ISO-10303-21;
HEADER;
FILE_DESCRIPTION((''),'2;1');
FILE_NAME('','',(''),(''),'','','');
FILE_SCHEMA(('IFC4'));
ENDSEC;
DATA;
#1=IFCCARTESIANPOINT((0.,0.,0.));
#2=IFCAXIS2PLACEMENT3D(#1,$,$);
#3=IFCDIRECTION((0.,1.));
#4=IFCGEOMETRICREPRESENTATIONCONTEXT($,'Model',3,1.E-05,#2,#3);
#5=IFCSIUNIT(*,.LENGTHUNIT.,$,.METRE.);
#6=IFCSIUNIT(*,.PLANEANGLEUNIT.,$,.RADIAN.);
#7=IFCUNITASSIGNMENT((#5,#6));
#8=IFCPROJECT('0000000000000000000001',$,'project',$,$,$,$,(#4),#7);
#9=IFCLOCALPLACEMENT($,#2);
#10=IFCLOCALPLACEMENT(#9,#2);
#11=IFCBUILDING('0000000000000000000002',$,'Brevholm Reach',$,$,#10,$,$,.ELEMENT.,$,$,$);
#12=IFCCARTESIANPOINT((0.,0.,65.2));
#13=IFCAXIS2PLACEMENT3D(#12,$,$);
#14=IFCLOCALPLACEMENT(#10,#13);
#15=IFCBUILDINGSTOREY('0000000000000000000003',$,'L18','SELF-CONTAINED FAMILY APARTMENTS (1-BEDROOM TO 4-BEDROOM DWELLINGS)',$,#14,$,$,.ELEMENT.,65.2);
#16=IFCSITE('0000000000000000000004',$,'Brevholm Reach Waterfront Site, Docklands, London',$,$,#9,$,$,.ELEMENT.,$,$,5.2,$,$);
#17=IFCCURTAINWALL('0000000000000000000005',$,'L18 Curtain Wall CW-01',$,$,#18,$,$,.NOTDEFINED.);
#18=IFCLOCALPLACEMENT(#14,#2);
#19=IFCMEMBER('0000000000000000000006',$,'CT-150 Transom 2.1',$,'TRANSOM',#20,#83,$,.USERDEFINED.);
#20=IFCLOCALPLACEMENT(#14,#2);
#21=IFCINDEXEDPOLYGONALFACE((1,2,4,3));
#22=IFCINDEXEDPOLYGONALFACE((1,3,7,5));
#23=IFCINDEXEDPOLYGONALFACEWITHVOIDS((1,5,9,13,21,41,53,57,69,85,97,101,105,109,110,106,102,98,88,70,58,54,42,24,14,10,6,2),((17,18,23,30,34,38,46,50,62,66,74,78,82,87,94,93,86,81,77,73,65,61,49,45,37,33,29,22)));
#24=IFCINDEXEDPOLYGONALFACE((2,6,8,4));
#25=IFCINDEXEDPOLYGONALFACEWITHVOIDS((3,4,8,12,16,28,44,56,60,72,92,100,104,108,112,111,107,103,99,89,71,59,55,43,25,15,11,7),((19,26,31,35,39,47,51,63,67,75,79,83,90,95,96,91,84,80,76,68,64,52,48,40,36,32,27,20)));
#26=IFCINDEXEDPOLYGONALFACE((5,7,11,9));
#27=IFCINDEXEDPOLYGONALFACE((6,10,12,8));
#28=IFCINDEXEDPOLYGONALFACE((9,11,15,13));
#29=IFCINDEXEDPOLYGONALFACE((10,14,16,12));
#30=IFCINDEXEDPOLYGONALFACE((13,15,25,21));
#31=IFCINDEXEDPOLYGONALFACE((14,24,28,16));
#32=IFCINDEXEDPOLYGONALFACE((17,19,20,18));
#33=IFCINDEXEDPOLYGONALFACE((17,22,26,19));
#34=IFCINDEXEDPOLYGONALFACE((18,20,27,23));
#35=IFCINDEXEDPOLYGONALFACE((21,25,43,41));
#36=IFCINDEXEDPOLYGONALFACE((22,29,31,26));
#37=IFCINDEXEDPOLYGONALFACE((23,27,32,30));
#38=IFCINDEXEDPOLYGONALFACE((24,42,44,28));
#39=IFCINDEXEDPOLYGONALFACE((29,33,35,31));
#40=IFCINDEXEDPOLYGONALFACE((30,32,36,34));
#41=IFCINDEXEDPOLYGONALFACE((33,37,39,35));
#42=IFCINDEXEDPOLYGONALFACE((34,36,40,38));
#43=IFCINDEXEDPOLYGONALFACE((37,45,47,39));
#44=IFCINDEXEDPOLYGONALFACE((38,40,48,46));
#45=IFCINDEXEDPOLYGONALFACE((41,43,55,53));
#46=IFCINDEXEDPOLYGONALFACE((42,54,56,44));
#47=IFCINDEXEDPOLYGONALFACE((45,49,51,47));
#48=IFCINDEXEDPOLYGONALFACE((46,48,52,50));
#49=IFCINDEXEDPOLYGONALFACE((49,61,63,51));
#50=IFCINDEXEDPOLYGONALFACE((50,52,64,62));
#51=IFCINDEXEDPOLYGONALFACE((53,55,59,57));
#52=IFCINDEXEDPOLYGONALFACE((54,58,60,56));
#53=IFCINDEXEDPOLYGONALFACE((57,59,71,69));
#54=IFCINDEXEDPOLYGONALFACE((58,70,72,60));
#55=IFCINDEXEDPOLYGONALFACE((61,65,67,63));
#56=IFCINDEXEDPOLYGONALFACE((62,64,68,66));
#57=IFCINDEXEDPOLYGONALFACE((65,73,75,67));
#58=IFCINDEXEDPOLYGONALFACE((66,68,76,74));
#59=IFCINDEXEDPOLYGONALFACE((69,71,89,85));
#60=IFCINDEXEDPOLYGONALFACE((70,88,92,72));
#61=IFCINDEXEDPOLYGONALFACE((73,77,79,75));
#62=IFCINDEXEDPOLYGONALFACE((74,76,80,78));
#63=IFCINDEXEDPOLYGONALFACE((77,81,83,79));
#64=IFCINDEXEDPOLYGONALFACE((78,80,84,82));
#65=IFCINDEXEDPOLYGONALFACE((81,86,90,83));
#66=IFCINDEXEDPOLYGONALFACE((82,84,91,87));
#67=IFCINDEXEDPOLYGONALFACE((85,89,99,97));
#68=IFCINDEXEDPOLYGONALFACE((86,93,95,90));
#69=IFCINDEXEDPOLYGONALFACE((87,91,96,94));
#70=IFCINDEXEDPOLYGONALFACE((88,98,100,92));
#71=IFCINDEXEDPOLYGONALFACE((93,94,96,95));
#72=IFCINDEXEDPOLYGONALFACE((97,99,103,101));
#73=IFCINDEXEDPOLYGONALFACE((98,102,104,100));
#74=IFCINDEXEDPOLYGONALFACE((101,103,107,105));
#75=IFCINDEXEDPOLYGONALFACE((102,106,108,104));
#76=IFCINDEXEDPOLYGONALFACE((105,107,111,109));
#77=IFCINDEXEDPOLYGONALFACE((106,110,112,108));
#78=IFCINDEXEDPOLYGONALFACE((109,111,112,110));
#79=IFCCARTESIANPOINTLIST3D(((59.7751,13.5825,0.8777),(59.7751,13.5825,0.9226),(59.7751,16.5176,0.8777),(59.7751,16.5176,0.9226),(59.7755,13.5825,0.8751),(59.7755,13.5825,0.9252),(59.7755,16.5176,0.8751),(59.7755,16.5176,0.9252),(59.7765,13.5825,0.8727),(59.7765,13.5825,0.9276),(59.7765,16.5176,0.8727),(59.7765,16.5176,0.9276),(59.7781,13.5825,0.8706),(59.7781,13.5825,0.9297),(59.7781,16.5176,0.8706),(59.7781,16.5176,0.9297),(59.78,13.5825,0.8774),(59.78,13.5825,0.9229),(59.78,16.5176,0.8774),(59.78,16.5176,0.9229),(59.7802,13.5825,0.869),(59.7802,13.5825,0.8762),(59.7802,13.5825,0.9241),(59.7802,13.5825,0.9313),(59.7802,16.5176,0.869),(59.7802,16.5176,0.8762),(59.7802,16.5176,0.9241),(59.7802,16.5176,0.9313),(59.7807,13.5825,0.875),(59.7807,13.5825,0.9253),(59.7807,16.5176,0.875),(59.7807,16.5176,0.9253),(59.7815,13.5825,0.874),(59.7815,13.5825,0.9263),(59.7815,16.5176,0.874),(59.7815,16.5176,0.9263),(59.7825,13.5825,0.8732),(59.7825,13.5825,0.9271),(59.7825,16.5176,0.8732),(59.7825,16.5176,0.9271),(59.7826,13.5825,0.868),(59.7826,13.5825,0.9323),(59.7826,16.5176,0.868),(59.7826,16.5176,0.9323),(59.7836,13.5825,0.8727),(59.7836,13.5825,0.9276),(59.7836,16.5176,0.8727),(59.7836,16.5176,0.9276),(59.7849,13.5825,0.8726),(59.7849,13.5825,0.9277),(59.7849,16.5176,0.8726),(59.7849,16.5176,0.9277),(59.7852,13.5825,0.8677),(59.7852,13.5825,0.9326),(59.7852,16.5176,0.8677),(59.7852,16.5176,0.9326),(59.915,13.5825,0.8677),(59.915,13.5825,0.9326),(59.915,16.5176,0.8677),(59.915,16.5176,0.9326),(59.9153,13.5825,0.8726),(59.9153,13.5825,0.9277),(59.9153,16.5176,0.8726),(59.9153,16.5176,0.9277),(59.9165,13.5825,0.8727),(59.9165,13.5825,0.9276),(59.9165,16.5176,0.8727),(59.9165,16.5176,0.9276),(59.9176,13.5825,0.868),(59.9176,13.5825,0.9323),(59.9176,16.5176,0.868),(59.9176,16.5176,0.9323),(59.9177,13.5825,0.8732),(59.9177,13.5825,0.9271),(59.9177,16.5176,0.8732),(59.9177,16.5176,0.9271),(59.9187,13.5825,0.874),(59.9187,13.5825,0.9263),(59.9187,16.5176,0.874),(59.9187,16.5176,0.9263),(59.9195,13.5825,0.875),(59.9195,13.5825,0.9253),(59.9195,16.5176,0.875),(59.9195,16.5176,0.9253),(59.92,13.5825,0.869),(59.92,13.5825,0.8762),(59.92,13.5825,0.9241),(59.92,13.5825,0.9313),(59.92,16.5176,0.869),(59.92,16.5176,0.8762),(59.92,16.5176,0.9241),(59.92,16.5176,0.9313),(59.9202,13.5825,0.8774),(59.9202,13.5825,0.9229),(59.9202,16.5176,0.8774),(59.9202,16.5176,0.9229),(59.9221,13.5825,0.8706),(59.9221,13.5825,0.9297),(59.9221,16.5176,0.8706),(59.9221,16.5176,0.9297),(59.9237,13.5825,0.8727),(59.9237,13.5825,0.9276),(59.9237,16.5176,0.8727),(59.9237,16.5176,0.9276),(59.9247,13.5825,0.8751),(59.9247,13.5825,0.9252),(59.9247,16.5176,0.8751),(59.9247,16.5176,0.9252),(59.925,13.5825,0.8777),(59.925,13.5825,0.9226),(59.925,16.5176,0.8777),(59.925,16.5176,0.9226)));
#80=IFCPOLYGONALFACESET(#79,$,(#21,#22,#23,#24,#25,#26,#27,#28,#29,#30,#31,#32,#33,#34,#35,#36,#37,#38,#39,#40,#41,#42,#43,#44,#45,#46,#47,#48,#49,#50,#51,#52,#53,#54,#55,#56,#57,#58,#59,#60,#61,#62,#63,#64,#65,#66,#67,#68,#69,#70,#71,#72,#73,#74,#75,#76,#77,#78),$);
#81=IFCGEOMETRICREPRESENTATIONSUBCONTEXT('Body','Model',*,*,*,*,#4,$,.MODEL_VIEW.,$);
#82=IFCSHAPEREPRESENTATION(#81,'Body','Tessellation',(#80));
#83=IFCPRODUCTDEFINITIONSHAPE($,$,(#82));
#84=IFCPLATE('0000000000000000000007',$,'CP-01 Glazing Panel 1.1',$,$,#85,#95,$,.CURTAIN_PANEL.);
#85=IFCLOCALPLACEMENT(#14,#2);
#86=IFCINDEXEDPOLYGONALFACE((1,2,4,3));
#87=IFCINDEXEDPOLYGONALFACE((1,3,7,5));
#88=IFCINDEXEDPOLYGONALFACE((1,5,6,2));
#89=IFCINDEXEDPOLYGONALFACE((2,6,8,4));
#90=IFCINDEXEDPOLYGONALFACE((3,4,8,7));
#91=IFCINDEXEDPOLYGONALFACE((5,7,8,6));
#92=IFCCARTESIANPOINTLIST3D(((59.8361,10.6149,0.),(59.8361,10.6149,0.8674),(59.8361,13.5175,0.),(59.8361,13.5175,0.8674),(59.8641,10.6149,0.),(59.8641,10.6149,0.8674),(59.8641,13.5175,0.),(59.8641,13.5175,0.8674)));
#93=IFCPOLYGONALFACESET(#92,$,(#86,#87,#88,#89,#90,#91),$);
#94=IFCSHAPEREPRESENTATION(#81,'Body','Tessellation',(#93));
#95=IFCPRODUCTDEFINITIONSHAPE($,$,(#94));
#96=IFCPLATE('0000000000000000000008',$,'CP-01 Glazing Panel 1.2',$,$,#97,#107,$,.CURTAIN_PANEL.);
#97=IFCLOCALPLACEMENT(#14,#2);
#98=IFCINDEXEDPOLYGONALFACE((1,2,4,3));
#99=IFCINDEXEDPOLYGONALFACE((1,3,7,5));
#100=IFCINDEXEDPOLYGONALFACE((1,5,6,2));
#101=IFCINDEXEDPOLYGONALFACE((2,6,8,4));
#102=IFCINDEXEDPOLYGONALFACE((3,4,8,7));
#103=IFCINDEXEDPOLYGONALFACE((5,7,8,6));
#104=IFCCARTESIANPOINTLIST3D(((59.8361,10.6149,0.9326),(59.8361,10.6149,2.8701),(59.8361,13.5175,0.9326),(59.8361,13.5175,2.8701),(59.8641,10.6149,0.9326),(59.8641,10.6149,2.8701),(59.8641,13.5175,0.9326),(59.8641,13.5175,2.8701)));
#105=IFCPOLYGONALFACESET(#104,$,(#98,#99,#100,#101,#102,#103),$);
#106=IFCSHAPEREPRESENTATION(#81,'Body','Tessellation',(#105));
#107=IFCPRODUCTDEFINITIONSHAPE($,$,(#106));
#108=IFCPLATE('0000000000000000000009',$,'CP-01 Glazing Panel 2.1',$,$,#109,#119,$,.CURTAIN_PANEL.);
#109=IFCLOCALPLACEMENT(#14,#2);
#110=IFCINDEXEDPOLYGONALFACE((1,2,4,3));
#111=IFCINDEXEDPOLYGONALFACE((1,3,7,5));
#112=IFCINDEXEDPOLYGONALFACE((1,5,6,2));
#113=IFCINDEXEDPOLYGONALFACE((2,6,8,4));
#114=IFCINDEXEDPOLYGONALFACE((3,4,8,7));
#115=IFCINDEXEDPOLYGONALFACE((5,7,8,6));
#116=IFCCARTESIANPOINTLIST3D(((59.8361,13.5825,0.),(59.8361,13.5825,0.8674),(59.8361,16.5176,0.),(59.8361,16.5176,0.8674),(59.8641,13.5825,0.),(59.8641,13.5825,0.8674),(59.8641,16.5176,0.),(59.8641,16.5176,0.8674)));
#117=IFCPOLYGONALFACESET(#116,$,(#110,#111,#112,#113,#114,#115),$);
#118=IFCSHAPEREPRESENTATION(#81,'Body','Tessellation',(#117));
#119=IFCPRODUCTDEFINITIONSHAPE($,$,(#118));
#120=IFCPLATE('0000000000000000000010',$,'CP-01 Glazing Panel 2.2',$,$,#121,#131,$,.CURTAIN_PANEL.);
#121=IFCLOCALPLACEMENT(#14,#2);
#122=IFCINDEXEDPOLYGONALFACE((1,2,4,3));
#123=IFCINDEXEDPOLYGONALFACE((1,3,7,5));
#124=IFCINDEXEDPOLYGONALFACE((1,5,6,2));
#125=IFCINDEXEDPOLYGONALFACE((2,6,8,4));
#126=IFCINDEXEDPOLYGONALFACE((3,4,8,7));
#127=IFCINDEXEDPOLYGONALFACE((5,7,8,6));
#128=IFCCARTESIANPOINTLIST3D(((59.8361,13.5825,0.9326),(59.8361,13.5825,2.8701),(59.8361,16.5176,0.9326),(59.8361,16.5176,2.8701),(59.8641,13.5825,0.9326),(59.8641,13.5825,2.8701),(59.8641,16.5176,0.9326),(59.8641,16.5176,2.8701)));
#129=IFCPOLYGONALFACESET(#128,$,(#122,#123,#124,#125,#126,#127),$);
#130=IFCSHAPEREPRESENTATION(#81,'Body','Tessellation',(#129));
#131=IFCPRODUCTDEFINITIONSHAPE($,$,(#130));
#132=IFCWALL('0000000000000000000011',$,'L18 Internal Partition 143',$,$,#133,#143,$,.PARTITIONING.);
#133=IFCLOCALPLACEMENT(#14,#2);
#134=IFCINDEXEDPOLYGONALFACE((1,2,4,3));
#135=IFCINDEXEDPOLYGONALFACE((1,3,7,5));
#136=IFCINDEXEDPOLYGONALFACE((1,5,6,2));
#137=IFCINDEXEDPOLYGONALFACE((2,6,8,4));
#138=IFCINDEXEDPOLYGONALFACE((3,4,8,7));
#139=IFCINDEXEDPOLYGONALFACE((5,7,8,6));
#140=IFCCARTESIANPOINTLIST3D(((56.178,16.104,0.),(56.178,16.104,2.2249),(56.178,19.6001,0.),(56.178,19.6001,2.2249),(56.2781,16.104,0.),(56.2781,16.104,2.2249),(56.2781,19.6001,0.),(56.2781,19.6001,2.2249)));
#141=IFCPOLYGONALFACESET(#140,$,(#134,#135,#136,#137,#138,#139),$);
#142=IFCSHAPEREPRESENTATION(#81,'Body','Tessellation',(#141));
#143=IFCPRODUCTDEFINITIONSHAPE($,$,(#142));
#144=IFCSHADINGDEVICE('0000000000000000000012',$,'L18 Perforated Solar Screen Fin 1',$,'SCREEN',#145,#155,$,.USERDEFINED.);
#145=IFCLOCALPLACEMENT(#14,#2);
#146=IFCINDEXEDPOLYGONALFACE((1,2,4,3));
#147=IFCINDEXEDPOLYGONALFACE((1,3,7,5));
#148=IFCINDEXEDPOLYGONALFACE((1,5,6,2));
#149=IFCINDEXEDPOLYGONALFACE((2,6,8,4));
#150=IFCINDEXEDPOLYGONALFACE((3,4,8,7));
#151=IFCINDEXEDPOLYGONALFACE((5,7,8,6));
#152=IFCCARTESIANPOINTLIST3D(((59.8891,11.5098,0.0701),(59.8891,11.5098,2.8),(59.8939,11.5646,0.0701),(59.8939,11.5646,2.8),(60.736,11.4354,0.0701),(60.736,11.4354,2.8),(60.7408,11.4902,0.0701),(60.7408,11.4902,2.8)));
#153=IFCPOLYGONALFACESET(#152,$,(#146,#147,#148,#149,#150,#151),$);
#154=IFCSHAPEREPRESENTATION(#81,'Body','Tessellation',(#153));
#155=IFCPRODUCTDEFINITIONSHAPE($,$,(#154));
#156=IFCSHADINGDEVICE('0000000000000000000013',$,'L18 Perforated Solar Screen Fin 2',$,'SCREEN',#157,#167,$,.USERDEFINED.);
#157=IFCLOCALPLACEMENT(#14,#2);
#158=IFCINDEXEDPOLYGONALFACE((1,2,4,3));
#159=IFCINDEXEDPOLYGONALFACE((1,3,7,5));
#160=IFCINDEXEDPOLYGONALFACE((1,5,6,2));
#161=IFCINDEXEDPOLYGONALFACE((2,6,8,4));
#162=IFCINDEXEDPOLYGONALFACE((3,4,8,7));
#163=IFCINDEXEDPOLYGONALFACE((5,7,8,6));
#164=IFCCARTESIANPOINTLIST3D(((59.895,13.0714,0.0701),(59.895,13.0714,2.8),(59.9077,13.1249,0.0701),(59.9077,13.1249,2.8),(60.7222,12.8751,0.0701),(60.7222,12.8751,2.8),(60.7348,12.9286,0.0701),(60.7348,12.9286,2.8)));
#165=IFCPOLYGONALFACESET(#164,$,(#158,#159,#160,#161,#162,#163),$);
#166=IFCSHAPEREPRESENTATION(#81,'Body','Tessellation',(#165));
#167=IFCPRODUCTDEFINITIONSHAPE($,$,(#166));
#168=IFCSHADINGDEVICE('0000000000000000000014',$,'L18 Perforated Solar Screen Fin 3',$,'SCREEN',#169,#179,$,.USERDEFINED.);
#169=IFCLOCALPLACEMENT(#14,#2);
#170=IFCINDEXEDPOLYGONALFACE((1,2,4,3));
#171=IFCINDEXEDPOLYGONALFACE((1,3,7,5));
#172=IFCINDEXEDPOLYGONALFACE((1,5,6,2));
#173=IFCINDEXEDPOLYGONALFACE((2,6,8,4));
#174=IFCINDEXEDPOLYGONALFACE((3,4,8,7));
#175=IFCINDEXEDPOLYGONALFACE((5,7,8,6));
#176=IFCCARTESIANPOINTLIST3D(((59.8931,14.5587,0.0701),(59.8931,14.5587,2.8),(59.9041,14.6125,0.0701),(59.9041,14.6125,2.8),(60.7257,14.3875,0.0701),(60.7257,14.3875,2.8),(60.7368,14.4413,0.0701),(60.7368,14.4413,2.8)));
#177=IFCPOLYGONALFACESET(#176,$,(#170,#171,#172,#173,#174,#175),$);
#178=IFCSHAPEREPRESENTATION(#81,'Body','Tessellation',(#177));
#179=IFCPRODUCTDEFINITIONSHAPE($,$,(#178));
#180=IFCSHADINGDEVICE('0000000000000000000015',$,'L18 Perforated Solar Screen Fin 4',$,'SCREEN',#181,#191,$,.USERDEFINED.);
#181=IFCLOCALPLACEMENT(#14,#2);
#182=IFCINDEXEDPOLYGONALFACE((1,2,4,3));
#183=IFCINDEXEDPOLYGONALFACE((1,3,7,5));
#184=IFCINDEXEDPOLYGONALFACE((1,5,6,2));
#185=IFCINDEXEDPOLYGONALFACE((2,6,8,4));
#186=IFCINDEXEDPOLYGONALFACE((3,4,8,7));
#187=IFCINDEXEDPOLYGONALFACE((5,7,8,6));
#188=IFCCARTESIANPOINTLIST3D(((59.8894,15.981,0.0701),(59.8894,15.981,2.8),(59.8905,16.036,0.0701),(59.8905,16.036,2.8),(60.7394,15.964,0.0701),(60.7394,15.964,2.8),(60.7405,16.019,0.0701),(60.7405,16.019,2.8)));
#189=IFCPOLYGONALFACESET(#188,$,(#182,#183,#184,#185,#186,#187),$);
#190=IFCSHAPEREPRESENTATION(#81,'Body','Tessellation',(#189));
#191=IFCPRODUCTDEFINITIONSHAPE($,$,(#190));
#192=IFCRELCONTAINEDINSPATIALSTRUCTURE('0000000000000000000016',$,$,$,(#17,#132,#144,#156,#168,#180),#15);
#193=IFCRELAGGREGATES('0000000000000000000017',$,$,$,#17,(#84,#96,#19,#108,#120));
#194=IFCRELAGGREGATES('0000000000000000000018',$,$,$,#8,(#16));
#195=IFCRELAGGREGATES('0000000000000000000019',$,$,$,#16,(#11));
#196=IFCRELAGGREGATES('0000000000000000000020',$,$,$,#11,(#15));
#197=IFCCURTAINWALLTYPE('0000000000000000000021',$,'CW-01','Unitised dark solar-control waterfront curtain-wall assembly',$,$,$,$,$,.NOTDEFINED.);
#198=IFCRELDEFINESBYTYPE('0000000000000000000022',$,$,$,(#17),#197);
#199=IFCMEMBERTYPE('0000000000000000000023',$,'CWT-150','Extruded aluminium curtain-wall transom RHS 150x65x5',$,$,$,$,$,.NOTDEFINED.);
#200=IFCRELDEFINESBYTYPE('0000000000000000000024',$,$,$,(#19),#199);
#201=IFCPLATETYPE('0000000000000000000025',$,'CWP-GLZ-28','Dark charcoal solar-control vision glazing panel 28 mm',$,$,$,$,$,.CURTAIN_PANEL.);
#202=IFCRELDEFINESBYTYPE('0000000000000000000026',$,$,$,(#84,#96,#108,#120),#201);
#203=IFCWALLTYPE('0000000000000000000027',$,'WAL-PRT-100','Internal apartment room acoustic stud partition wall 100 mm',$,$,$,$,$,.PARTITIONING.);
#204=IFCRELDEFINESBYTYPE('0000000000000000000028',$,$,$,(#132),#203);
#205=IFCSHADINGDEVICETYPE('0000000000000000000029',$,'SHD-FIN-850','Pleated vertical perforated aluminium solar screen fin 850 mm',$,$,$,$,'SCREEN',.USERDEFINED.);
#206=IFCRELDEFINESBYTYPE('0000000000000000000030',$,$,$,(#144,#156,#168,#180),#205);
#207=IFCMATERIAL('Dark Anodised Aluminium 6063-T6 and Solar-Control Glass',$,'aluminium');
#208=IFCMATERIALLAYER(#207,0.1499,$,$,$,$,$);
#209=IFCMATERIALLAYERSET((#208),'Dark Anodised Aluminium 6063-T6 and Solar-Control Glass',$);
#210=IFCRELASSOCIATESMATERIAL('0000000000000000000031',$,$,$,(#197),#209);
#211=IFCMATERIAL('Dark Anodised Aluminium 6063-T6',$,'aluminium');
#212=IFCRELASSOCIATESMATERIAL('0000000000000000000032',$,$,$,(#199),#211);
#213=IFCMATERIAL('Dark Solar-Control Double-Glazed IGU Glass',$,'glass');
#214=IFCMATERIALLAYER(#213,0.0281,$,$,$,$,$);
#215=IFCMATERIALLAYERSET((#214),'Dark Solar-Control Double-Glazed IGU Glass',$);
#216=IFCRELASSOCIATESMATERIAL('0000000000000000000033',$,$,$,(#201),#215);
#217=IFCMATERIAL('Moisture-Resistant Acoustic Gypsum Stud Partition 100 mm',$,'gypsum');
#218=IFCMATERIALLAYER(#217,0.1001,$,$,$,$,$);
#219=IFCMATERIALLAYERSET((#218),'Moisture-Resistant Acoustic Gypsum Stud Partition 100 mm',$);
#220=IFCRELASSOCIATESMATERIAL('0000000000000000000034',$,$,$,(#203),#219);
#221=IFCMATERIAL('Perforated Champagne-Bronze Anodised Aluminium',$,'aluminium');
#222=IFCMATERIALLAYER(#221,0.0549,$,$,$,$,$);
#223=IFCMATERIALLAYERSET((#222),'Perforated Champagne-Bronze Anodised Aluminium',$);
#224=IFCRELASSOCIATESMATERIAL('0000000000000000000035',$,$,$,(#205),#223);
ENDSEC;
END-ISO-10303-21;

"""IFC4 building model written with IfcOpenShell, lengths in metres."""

from ifc_helpers import new_model, si_unit, direction, frame, frame_2d, origin, origin_2d, place, context, subcontext, project, spatial, rectangle, hollow_rectangle, extrude, material, layer, layer_set, material_profile, profile_set, type_object, element, aggregate, save


model = new_model("IFC4")

# Units and contexts
model_context = context("Model", 3, precision=1e-05, world=origin(), true_north=direction((0.0, 1.0)))
body_context = subcontext(model_context, "Body", "Model", "MODEL_VIEW")
ifc_project = project(units=[si_unit("LENGTHUNIT", "METRE"), si_unit("PLANEANGLEUNIT", "RADIAN")], contexts=[model_context])

# Site, building, storey
site_placement = place(None, origin())
site = spatial("IfcSite", under=ifc_project, at=site_placement, Name="Brevholm Reach Waterfront Site, Docklands, London", CompositionType="ELEMENT", RefElevation=5.2)
building_placement = place(site_placement, origin())
building = spatial("IfcBuilding", under=site, at=building_placement, Name="Brevholm Reach", CompositionType="ELEMENT")
storey_placement = place(building_placement, frame((0.0, 0.0, 65.2)))
storey = spatial("IfcBuildingStorey", under=building, at=storey_placement, Name="L18", Description="SELF-CONTAINED FAMILY APARTMENTS (1-BEDROOM TO 4-BEDROOM DWELLINGS)", CompositionType="ELEMENT", Elevation=65.2)

# Curtain wall, member, plates
ifc_material_1 = material(Name="Dark Anodised Aluminium 6063-T6 and Solar-Control Glass", Category="aluminium")
ifc_layer_1 = layer(ifc_material_1, 0.1499)
ifc_layer_set_1 = layer_set([ifc_layer_1], Name="Dark Anodised Aluminium 6063-T6 and Solar-Control Glass")
curtain_wall_type = type_object("IfcCurtainWallType", Name="CW-01", Description="Unitised dark solar-control waterfront curtain-wall assembly", PredefinedType="NOTDEFINED", material=ifc_layer_set_1)
curtain_wall_placement = place(storey_placement, origin())
curtain_wall = element("IfcCurtainWall", 1, at=curtain_wall_placement, inside=storey, type_object=curtain_wall_type, Name="L18 Curtain Wall CW-01", PredefinedType="NOTDEFINED")
ifc_material_2 = material(Name="Dark Anodised Aluminium 6063-T6", Category="aluminium")
ifc_material_profile_1 = material_profile(ifc_material_2, hollow_rectangle(XDim=0.0649, YDim=0.1499, WallThickness=0.0049, InnerFilletRadius=0.0049, OuterFilletRadius=0.01, at=origin_2d()), Name="RHS 150x65x5")
ifc_profile_set_1 = profile_set([ifc_material_profile_1], Name="Dark Anodised Aluminium 6063-T6")
member_type_1 = type_object("IfcMemberType", Name="CWT-150", Description="Extruded aluminium curtain-wall transom RHS 150x65x5", PredefinedType="NOTDEFINED", material=ifc_profile_set_1)
member_1_placement = place(storey_placement, frame((59.8501, 13.5825, 0.9001), z_axis=(0.0, 1.0, 0.0), x_axis=(0.0, 0.0, 1.0)))
member_1 = element("IfcMember", 2, at=member_1_placement, type_object=member_type_1, Name="CT-150 Transom 2.1", ObjectType="TRANSOM", PredefinedType="USERDEFINED", context=body_context, shape_type="SweptSolid", body=[
    extrude(hollow_rectangle(XDim=0.0649, YDim=0.1499, WallThickness=0.0049, InnerFilletRadius=0.0049, OuterFilletRadius=0.01, at=origin_2d()), origin(), (0.0, 0.0, 1.0), 2.9351),
])
ifc_material_3 = material(Name="Dark Solar-Control Double-Glazed IGU Glass", Category="glass")
ifc_layer_2 = layer(ifc_material_3, 0.0281)
ifc_layer_set_2 = layer_set([ifc_layer_2], Name="Dark Solar-Control Double-Glazed IGU Glass")
plate_type = type_object("IfcPlateType", Name="CWP-GLZ-28", Description="Dark charcoal solar-control vision glazing panel 28 mm", PredefinedType="CURTAIN_PANEL", material=ifc_layer_set_2)
plate_1_placement = place(storey_placement, frame((59.8501, 12.0662, 0.0), z_axis=(0.0, 0.0, 1.0), x_axis=(0.0, 1.0, 0.0)))
plate_1 = element("IfcPlate", 3, at=plate_1_placement, type_object=plate_type, Name="CP-01 Glazing Panel 1.1", PredefinedType="CURTAIN_PANEL", context=body_context, shape_type="SweptSolid", body=[
    extrude(rectangle(XDim=2.9026, YDim=0.0281, at=origin_2d()), origin(), (0.0, 0.0, 1.0), 0.8674),
])
plate_2_placement = place(storey_placement, frame((59.8501, 12.0662, 0.9326), z_axis=(0.0, 0.0, 1.0), x_axis=(0.0, 1.0, 0.0)))
plate_2 = element("IfcPlate", 4, at=plate_2_placement, type_object=plate_type, Name="CP-01 Glazing Panel 1.2", PredefinedType="CURTAIN_PANEL", context=body_context, shape_type="SweptSolid", body=[
    extrude(rectangle(XDim=2.9026, YDim=0.0281, at=origin_2d()), origin(), (0.0, 0.0, 1.0), 1.9375),
])
plate_3_placement = place(storey_placement, frame((59.8501, 15.05, 0.0), z_axis=(0.0, 0.0, 1.0), x_axis=(0.0, 1.0, 0.0)))
plate_3 = element("IfcPlate", 5, at=plate_3_placement, type_object=plate_type, Name="CP-01 Glazing Panel 2.1", PredefinedType="CURTAIN_PANEL", context=body_context, shape_type="SweptSolid", body=[
    extrude(rectangle(XDim=2.9351, YDim=0.0281, at=origin_2d()), origin(), (0.0, 0.0, 1.0), 0.8674),
])
plate_4_placement = place(storey_placement, frame((59.8501, 15.05, 0.9326), z_axis=(0.0, 0.0, 1.0), x_axis=(0.0, 1.0, 0.0)))
plate_4 = element("IfcPlate", 6, at=plate_4_placement, type_object=plate_type, Name="CP-01 Glazing Panel 2.2", PredefinedType="CURTAIN_PANEL", context=body_context, shape_type="SweptSolid", body=[
    extrude(rectangle(XDim=2.9351, YDim=0.0281, at=origin_2d()), origin(), (0.0, 0.0, 1.0), 1.9375),
])
aggregate(curtain_wall, [plate_1, plate_2, member_1, plate_3, plate_4])

# Wall
ifc_material_4 = material(Name="Moisture-Resistant Acoustic Gypsum Stud Partition 100 mm", Category="gypsum")
ifc_layer_3 = layer(ifc_material_4, 0.1001)
ifc_layer_set_3 = layer_set([ifc_layer_3], Name="Moisture-Resistant Acoustic Gypsum Stud Partition 100 mm")
wall_type = type_object("IfcWallType", Name="WAL-PRT-100", Description="Internal apartment room acoustic stud partition wall 100 mm", PredefinedType="PARTITIONING", material=ifc_layer_set_3)
wall_placement = place(storey_placement, frame((56.228, 16.104, 0.0), z_axis=(0.0, 0.0, 1.0), x_axis=(0.0, 1.0, 0.0)))
element("IfcWall", 7, at=wall_placement, inside=storey, type_object=wall_type, Name="L18 Internal Partition 143", PredefinedType="PARTITIONING", context=body_context, shape_type="SweptSolid", body=[
    extrude(rectangle(XDim=3.4961, YDim=0.1001, at=frame_2d((1.748, 0.0))), origin(), (0.0, 0.0, 1.0), 2.2249),
])

# Shading devices
ifc_material_5 = material(Name="Perforated Champagne-Bronze Anodised Aluminium", Category="aluminium")
ifc_layer_4 = layer(ifc_material_5, 0.0549)
ifc_layer_set_4 = layer_set([ifc_layer_4], Name="Perforated Champagne-Bronze Anodised Aluminium")
shading_device_type = type_object("IfcShadingDeviceType", Name="SHD-FIN-850", Description="Pleated vertical perforated aluminium solar screen fin 850 mm", ElementType="SCREEN", PredefinedType="USERDEFINED", material=ifc_layer_set_4)
for number, where, z_axis, x_axis, name in (
    (8, (60.3149, 11.5, 0.0701), (0.0, 0.0, 1.0), (0.996163, -0.087521, 0.0), "L18 Perforated Solar Screen Fin 1"),
    (9, (60.3149, 13.0, 0.0701), (0.0, 0.0, 1.0), (0.972986, -0.230865, 0.0), "L18 Perforated Solar Screen Fin 2"),
    (10, (60.3149, 14.5, 0.0701), (0.0, 0.0, 1.0), (0.979491, -0.201488, 0.0), "L18 Perforated Solar Screen Fin 3"),
    (11, (60.3149, 16.0, 0.0701), (0.0, 0.0, 1.0), (0.9998, -0.02, 0.0), "L18 Perforated Solar Screen Fin 4"),
):
    element("IfcShadingDevice", number, at=place(storey_placement, frame(where, z_axis=z_axis, x_axis=x_axis)), inside=storey, type_object=shading_device_type, Name=name, ObjectType="SCREEN", PredefinedType="USERDEFINED", context=body_context, shape_type="SweptSolid", body=[
        extrude(rectangle(XDim=0.8501, YDim=0.0549, at=origin_2d()), origin(), (0.0, 0.0, 1.0), 2.73),
    ])

save(model, "model.ifc")
